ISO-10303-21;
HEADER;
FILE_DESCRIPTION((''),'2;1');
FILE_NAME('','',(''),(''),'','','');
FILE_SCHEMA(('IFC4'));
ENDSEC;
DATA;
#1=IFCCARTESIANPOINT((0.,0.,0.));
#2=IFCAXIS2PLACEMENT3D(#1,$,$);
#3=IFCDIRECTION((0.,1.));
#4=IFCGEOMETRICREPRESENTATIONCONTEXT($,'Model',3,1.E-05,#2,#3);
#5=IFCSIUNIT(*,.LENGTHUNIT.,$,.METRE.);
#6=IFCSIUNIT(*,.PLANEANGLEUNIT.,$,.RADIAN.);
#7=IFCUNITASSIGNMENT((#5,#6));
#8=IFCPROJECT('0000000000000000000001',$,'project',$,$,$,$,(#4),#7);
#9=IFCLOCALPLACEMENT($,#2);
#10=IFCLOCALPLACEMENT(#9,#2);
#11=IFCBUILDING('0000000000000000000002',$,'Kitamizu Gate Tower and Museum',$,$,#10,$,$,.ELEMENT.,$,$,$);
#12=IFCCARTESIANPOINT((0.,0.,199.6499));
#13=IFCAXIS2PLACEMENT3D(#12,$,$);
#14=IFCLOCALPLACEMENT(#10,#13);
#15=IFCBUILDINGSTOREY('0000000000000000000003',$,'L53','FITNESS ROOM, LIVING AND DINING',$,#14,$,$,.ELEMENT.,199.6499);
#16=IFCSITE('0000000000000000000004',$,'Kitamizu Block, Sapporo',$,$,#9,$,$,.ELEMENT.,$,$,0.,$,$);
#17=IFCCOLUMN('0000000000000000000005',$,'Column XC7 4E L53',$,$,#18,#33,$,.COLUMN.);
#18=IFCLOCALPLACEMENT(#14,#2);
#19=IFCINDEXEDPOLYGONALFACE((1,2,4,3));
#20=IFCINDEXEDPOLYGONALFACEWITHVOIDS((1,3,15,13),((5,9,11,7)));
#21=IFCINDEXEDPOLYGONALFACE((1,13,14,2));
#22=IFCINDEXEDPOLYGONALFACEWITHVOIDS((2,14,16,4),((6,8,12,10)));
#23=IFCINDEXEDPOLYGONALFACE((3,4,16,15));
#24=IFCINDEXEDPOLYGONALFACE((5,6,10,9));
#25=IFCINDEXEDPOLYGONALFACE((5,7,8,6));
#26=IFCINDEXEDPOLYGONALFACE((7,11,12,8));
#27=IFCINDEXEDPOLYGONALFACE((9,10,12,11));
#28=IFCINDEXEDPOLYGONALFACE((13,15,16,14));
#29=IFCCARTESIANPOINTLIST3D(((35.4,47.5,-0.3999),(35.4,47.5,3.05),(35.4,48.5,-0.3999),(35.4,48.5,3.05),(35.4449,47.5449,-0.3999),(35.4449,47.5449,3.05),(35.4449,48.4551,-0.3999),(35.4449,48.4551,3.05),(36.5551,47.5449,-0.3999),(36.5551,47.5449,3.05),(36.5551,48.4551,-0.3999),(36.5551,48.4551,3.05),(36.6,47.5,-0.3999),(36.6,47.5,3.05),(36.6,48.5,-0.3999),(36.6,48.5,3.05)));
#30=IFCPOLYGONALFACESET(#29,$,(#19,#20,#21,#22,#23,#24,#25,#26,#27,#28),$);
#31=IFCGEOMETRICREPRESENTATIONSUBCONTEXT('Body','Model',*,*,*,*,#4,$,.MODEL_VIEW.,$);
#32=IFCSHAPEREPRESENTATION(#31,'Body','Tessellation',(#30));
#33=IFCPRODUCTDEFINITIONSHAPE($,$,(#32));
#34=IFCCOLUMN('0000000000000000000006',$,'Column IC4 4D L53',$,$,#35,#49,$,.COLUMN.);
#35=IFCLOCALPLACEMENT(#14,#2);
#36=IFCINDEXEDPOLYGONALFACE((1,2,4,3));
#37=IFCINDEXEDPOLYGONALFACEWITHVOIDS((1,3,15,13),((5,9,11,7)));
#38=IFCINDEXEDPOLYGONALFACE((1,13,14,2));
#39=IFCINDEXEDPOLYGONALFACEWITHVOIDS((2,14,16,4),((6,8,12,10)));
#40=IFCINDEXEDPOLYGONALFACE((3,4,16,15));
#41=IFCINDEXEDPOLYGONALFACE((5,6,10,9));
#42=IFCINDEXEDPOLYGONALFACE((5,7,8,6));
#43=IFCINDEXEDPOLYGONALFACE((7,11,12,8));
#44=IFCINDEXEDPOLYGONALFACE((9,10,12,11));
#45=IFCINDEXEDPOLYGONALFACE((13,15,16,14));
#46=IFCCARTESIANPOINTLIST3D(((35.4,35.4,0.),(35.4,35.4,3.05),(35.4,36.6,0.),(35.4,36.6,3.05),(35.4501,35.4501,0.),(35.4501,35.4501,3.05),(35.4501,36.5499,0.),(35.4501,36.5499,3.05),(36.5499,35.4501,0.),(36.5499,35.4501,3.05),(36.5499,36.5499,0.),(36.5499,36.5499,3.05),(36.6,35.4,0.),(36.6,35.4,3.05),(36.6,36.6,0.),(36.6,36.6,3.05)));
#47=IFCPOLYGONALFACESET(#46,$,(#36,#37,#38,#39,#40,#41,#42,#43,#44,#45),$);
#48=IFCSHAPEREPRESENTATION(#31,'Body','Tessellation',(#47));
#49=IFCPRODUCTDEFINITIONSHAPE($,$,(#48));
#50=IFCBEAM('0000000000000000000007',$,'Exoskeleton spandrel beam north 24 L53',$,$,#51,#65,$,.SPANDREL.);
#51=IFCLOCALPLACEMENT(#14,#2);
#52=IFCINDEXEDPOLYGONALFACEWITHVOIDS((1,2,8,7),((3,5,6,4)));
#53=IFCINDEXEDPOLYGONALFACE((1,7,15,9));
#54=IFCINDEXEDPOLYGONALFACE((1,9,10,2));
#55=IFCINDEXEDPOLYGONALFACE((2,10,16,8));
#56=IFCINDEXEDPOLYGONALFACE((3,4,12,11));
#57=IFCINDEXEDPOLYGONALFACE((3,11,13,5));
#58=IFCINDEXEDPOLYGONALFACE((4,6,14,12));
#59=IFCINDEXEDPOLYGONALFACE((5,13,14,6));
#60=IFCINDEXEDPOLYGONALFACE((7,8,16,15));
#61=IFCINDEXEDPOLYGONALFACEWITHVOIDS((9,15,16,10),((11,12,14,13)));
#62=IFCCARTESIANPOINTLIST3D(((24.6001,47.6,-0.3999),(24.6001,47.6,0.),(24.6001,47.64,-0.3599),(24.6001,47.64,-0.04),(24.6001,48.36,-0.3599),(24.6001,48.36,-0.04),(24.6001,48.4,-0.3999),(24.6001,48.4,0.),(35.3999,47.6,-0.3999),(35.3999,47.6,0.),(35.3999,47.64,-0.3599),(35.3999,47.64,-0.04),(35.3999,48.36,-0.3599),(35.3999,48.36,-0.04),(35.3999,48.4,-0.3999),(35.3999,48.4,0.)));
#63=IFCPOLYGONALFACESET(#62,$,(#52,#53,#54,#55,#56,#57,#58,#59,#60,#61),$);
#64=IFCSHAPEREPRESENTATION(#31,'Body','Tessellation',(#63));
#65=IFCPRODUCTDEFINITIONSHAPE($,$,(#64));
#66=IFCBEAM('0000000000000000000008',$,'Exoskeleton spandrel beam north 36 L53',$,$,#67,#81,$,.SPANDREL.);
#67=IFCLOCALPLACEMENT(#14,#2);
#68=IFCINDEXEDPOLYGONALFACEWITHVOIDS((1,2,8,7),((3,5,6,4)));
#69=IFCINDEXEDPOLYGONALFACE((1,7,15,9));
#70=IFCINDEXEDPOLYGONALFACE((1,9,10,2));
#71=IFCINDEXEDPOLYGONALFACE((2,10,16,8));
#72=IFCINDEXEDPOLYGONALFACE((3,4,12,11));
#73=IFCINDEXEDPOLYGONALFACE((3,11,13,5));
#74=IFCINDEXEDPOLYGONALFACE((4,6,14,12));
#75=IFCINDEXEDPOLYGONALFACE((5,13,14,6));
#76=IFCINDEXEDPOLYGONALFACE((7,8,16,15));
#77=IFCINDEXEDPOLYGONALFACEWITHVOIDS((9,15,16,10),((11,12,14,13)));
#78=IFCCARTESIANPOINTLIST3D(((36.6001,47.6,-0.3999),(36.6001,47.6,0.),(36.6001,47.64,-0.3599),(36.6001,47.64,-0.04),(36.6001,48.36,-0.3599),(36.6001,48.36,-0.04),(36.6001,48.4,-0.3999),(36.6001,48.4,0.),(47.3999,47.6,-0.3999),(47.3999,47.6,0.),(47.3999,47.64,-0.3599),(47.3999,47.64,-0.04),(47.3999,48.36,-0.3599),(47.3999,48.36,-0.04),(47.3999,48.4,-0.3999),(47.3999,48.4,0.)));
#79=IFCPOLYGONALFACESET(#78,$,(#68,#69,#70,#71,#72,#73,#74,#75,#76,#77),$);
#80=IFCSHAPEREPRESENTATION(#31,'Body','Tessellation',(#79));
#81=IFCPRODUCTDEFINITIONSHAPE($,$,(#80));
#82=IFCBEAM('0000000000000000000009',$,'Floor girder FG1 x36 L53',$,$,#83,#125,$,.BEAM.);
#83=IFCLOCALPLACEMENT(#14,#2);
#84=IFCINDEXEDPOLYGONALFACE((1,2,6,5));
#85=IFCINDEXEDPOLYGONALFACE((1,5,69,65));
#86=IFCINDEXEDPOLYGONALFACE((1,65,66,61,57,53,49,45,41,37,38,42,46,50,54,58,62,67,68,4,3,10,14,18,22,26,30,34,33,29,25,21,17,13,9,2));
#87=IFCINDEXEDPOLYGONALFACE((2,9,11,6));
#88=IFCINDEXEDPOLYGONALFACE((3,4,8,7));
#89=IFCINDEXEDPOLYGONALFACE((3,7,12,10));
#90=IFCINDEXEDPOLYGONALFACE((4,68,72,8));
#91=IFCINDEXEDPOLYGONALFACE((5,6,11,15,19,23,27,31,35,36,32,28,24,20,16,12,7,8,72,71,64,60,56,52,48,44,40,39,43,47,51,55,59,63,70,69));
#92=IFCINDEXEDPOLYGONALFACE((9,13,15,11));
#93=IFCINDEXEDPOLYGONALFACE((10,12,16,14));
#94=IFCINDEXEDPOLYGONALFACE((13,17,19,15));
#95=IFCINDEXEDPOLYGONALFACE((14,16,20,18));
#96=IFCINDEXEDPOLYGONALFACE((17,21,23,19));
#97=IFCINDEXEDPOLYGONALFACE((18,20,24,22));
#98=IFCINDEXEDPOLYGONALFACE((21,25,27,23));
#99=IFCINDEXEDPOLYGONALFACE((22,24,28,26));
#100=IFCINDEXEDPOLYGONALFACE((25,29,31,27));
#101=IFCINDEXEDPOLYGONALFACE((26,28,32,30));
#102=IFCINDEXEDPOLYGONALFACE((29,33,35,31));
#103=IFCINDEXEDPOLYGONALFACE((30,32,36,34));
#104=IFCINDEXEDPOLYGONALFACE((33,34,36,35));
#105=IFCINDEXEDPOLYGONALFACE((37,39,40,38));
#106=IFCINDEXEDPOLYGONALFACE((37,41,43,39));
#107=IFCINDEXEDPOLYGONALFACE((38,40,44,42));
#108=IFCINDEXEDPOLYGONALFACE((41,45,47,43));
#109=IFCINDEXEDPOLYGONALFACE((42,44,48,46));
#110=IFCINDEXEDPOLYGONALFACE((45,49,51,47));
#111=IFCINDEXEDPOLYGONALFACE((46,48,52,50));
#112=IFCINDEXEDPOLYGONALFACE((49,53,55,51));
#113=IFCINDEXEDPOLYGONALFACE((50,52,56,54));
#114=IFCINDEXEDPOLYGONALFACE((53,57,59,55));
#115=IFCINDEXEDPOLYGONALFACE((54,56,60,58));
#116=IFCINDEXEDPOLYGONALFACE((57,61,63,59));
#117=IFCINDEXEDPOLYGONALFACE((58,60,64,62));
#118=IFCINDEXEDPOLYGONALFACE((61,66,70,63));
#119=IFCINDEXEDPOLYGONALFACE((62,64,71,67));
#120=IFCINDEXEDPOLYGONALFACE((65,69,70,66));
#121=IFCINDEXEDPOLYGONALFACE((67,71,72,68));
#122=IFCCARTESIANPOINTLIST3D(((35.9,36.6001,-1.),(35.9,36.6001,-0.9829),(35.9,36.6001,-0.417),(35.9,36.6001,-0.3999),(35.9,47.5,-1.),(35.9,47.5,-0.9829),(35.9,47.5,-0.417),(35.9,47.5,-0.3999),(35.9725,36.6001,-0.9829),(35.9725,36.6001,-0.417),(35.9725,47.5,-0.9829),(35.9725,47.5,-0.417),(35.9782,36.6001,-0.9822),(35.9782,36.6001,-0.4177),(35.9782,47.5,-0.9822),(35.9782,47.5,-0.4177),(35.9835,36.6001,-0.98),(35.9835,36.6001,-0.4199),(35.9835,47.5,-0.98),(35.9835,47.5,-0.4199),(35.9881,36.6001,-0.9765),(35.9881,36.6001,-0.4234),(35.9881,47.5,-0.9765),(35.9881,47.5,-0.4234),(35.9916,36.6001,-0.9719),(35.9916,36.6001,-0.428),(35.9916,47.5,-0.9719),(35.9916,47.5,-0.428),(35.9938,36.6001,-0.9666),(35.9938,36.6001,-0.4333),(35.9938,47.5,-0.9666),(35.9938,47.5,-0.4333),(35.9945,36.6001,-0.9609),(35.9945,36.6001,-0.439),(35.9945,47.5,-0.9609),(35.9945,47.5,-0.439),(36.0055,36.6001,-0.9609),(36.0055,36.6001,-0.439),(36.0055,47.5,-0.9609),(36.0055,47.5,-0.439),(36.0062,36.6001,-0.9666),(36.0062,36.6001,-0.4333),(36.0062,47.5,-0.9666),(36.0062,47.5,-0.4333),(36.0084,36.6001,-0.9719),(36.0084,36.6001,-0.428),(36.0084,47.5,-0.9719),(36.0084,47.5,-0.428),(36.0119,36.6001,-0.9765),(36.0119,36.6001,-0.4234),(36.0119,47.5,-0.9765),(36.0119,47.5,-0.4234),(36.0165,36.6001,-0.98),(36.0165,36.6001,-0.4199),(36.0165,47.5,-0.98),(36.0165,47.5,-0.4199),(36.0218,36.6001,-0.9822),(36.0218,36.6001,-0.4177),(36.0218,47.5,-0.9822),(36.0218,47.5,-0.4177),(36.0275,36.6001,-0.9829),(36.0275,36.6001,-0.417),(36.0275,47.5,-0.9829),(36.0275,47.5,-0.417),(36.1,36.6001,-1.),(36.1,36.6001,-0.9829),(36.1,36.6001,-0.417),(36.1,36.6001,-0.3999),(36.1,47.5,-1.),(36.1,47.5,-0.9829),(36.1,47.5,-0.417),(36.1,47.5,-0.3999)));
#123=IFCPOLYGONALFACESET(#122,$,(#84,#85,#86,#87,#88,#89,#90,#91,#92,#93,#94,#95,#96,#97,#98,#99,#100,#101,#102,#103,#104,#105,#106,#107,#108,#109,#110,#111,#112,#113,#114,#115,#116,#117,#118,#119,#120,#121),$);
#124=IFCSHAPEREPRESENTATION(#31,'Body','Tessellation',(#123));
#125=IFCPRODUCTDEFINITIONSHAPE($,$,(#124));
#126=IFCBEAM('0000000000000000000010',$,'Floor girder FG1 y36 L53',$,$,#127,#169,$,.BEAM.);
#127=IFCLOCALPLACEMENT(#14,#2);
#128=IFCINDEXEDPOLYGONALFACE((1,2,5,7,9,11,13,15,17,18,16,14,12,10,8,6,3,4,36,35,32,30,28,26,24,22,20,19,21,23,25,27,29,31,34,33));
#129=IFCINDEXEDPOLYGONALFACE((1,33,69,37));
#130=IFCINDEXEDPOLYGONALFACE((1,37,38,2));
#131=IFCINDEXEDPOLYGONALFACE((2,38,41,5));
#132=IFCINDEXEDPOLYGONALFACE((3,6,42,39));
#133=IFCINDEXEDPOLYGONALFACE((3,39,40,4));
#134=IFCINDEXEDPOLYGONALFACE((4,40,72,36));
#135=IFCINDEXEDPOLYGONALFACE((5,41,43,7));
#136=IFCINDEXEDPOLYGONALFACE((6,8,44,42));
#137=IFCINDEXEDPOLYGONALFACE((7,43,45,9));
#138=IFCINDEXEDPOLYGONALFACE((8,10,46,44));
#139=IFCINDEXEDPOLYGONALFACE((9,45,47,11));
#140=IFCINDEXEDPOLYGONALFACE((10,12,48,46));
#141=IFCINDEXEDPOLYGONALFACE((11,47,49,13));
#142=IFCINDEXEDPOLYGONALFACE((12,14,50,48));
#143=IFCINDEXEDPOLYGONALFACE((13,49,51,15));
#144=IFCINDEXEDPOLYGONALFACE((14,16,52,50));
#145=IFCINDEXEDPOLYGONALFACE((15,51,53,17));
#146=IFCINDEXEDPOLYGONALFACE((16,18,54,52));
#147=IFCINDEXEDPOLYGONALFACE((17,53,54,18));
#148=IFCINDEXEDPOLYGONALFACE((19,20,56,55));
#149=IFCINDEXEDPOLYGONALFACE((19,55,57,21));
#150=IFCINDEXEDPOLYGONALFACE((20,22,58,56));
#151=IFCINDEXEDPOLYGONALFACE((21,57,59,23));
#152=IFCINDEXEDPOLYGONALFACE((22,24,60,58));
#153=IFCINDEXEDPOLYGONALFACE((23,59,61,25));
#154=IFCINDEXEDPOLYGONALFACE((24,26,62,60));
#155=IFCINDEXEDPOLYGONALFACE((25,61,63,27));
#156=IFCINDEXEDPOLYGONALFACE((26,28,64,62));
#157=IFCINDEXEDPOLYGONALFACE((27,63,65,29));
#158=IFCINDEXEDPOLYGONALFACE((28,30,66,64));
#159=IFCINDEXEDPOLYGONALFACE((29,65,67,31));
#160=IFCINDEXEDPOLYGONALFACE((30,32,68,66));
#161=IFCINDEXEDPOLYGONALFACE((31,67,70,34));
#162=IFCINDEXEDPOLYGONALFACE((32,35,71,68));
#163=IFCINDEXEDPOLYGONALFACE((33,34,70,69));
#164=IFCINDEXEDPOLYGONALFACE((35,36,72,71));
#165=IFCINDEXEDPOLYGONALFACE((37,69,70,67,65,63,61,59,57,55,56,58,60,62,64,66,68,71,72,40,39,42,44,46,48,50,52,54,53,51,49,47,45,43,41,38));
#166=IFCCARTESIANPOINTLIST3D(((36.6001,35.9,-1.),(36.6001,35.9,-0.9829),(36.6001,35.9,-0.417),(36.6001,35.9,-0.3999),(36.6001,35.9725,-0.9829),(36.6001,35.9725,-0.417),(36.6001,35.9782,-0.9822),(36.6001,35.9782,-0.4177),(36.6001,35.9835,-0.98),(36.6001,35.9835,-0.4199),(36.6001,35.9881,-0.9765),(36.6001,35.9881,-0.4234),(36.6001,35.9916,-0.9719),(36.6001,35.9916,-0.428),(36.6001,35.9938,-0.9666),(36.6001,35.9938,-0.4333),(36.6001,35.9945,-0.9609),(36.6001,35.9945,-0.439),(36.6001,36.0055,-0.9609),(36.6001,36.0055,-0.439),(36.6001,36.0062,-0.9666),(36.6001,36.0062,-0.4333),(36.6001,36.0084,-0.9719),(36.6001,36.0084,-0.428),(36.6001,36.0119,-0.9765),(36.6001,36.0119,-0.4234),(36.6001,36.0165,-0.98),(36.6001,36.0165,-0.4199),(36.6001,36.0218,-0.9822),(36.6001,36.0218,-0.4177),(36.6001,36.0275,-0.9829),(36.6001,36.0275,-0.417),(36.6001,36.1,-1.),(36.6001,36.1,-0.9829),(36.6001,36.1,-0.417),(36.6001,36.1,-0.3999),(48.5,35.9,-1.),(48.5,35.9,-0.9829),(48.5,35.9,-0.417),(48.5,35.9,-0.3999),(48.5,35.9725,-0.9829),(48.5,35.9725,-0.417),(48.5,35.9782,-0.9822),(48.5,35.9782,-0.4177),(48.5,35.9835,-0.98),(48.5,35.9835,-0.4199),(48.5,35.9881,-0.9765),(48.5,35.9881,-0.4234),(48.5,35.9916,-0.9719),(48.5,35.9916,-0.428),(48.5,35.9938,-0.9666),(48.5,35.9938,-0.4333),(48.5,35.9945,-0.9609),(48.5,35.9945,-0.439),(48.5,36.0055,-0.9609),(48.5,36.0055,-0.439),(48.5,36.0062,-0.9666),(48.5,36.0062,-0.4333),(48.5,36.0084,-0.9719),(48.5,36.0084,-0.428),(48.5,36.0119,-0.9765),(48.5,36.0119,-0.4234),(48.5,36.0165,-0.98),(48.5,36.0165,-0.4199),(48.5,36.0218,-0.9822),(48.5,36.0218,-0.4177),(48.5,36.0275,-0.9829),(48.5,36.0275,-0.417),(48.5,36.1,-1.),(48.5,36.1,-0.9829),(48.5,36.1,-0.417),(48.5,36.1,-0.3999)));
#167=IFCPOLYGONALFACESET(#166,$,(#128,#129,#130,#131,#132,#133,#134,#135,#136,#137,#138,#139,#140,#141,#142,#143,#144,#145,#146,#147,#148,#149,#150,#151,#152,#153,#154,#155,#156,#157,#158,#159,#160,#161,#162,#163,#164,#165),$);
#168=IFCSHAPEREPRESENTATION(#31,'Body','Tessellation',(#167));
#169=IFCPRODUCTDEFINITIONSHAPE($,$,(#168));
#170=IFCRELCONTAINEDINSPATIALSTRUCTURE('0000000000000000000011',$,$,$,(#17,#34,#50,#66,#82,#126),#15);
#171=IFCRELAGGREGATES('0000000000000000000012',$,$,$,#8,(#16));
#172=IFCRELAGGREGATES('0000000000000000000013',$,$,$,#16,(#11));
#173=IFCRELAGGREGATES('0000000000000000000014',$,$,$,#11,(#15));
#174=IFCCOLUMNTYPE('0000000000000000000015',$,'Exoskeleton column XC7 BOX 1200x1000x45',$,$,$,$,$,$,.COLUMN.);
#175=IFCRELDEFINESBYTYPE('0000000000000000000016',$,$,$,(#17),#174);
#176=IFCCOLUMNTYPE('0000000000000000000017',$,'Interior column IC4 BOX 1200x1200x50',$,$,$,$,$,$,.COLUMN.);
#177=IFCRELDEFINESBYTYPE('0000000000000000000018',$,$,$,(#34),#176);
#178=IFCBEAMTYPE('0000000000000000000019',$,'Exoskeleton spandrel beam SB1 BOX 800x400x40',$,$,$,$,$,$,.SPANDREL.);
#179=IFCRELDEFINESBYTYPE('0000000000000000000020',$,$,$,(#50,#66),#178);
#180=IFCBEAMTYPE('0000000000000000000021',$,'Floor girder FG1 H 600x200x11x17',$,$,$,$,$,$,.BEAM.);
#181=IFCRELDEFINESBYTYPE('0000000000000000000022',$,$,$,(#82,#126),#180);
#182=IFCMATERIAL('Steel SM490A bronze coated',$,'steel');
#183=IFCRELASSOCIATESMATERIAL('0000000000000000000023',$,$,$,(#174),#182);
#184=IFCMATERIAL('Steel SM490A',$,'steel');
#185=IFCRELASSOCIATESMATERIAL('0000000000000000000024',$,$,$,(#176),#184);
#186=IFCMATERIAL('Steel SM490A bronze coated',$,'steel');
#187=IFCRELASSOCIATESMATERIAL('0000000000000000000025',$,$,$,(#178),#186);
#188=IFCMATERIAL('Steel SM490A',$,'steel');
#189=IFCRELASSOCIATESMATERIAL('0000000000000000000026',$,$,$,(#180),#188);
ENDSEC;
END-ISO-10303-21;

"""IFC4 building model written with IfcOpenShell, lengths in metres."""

from ifc_helpers import new_model, si_unit, direction, frame, origin, origin_2d, place, context, subcontext, project, spatial, hollow_rectangle, i_section, extrude, material, material_profile, profile_set, type_object, element, save


model = new_model("IFC4")

# Units and contexts
model_context = context("Model", 3, precision=1e-05, world=origin(), true_north=direction((0.0, 1.0)))
body_context = subcontext(model_context, "Body", "Model", "MODEL_VIEW")
ifc_project = project(units=[si_unit("LENGTHUNIT", "METRE"), si_unit("PLANEANGLEUNIT", "RADIAN")], contexts=[model_context])

# Site, building, storey
site_placement = place(None, origin())
site = spatial("IfcSite", under=ifc_project, at=site_placement, Name="Kitamizu Block, Sapporo", CompositionType="ELEMENT", RefElevation=0.0)
building_placement = place(site_placement, origin())
building = spatial("IfcBuilding", under=site, at=building_placement, Name="Kitamizu Gate Tower and Museum", CompositionType="ELEMENT")
storey_placement = place(building_placement, frame((0.0, 0.0, 199.6499)))
storey = spatial("IfcBuildingStorey", under=building, at=storey_placement, Name="L53", Description="FITNESS ROOM, LIVING AND DINING", CompositionType="ELEMENT", Elevation=199.6499)

# Columns
ifc_material_1 = material(Name="Steel SM490A bronze coated", Category="steel")
ifc_material_profile_1 = material_profile(ifc_material_1, hollow_rectangle(XDim=1.2, YDim=1.0, WallThickness=0.0449, at=origin_2d()), Name="BOX 1200x1000x45")
ifc_profile_set_1 = profile_set([ifc_material_profile_1], Name="Steel SM490A bronze coated")
column_type_1 = type_object("IfcColumnType", Name="Exoskeleton column XC7 BOX 1200x1000x45", PredefinedType="COLUMN", material=ifc_profile_set_1)
column_1_placement = place(storey_placement, frame((36.0, 48.0, -0.3999), z_axis=(0.0, 0.0, 1.0), x_axis=(1.0, 0.0, 0.0)))
element("IfcColumn", 1, at=column_1_placement, inside=storey, type_object=column_type_1, Name="Column XC7 4E L53", PredefinedType="COLUMN", context=body_context, shape_type="SweptSolid", body=[
    extrude(hollow_rectangle(XDim=1.2, YDim=1.0, WallThickness=0.0449, at=origin_2d()), origin(), (0.0, 0.0, 1.0), 3.45),
])
ifc_material_2 = material(Name="Steel SM490A", Category="steel")
ifc_material_profile_2 = material_profile(ifc_material_2, hollow_rectangle(XDim=1.2, YDim=1.2, WallThickness=0.05, at=origin_2d()), Name="BOX 1200x1200x50")
ifc_profile_set_2 = profile_set([ifc_material_profile_2], Name="Steel SM490A")
column_type_2 = type_object("IfcColumnType", Name="Interior column IC4 BOX 1200x1200x50", PredefinedType="COLUMN", material=ifc_profile_set_2)
column_2_placement = place(storey_placement, frame((36.0, 36.0, 0.0), z_axis=(0.0, 0.0, 1.0), x_axis=(1.0, 0.0, 0.0)))
element("IfcColumn", 2, at=column_2_placement, inside=storey, type_object=column_type_2, Name="Column IC4 4D L53", PredefinedType="COLUMN", context=body_context, shape_type="SweptSolid", body=[
    extrude(hollow_rectangle(XDim=1.2, YDim=1.2, WallThickness=0.05, at=origin_2d()), origin(), (0.0, 0.0, 1.0), 3.05),
])

# Beams
ifc_material_3 = material(Name="Steel SM490A bronze coated", Category="steel")
ifc_material_profile_3 = material_profile(ifc_material_3, hollow_rectangle(XDim=0.8, YDim=0.3999, WallThickness=0.04, at=origin_2d()), Name="BOX 800x400x40")
ifc_profile_set_3 = profile_set([ifc_material_profile_3], Name="Steel SM490A bronze coated")
beam_type_1 = type_object("IfcBeamType", Name="Exoskeleton spandrel beam SB1 BOX 800x400x40", PredefinedType="SPANDREL", material=ifc_profile_set_3)
for number, where, z_axis, x_axis, name in (
    (3, (24.6001, 48.0, -0.2), (1.0, 0.0, 0.0), (0.0, 1.0, 0.0), "Exoskeleton spandrel beam north 24 L53"),
    (4, (36.6001, 48.0, -0.2), (1.0, 0.0, 0.0), (0.0, 1.0, 0.0), "Exoskeleton spandrel beam north 36 L53"),
):
    element("IfcBeam", number, at=place(storey_placement, frame(where, z_axis=z_axis, x_axis=x_axis)), inside=storey, type_object=beam_type_1, Name=name, PredefinedType="SPANDREL", context=body_context, shape_type="SweptSolid", body=[
        extrude(hollow_rectangle(XDim=0.8, YDim=0.3999, WallThickness=0.04, at=origin_2d()), origin(), (0.0, 0.0, 1.0), 10.7998),
    ])
ifc_material_4 = material(Name="Steel SM490A", Category="steel")
ifc_material_profile_4 = material_profile(ifc_material_4, i_section(OverallWidth=0.2, OverallDepth=0.6001, WebThickness=0.011, FlangeThickness=0.0171, FilletRadius=0.022, at=origin_2d()), Name="H-600x200x11x17")
ifc_profile_set_4 = profile_set([ifc_material_profile_4], Name="Steel SM490A")
beam_type_2 = type_object("IfcBeamType", Name="Floor girder FG1 H 600x200x11x17", PredefinedType="BEAM", material=ifc_profile_set_4)
beam_1_placement = place(storey_placement, frame((36.0, 36.6001, -0.7), z_axis=(0.0, 1.0, 0.0), x_axis=(-1.0, 0.0, 0.0)))
element("IfcBeam", 5, at=beam_1_placement, inside=storey, type_object=beam_type_2, Name="Floor girder FG1 x36 L53", PredefinedType="BEAM", context=body_context, shape_type="SweptSolid", body=[
    extrude(i_section(OverallWidth=0.2, OverallDepth=0.6001, WebThickness=0.011, FlangeThickness=0.0171, FilletRadius=0.022, at=origin_2d()), origin(), (0.0, 0.0, 1.0), 10.8999),
])
beam_2_placement = place(storey_placement, frame((36.6001, 36.0, -0.7), z_axis=(1.0, 0.0, 0.0), x_axis=(0.0, 1.0, 0.0)))
element("IfcBeam", 6, at=beam_2_placement, inside=storey, type_object=beam_type_2, Name="Floor girder FG1 y36 L53", PredefinedType="BEAM", context=body_context, shape_type="SweptSolid", body=[
    extrude(i_section(OverallWidth=0.2, OverallDepth=0.6001, WebThickness=0.011, FlangeThickness=0.0171, FilletRadius=0.022, at=origin_2d()), origin(), (0.0, 0.0, 1.0), 11.8999),
])

save(model, "model.ifc")
